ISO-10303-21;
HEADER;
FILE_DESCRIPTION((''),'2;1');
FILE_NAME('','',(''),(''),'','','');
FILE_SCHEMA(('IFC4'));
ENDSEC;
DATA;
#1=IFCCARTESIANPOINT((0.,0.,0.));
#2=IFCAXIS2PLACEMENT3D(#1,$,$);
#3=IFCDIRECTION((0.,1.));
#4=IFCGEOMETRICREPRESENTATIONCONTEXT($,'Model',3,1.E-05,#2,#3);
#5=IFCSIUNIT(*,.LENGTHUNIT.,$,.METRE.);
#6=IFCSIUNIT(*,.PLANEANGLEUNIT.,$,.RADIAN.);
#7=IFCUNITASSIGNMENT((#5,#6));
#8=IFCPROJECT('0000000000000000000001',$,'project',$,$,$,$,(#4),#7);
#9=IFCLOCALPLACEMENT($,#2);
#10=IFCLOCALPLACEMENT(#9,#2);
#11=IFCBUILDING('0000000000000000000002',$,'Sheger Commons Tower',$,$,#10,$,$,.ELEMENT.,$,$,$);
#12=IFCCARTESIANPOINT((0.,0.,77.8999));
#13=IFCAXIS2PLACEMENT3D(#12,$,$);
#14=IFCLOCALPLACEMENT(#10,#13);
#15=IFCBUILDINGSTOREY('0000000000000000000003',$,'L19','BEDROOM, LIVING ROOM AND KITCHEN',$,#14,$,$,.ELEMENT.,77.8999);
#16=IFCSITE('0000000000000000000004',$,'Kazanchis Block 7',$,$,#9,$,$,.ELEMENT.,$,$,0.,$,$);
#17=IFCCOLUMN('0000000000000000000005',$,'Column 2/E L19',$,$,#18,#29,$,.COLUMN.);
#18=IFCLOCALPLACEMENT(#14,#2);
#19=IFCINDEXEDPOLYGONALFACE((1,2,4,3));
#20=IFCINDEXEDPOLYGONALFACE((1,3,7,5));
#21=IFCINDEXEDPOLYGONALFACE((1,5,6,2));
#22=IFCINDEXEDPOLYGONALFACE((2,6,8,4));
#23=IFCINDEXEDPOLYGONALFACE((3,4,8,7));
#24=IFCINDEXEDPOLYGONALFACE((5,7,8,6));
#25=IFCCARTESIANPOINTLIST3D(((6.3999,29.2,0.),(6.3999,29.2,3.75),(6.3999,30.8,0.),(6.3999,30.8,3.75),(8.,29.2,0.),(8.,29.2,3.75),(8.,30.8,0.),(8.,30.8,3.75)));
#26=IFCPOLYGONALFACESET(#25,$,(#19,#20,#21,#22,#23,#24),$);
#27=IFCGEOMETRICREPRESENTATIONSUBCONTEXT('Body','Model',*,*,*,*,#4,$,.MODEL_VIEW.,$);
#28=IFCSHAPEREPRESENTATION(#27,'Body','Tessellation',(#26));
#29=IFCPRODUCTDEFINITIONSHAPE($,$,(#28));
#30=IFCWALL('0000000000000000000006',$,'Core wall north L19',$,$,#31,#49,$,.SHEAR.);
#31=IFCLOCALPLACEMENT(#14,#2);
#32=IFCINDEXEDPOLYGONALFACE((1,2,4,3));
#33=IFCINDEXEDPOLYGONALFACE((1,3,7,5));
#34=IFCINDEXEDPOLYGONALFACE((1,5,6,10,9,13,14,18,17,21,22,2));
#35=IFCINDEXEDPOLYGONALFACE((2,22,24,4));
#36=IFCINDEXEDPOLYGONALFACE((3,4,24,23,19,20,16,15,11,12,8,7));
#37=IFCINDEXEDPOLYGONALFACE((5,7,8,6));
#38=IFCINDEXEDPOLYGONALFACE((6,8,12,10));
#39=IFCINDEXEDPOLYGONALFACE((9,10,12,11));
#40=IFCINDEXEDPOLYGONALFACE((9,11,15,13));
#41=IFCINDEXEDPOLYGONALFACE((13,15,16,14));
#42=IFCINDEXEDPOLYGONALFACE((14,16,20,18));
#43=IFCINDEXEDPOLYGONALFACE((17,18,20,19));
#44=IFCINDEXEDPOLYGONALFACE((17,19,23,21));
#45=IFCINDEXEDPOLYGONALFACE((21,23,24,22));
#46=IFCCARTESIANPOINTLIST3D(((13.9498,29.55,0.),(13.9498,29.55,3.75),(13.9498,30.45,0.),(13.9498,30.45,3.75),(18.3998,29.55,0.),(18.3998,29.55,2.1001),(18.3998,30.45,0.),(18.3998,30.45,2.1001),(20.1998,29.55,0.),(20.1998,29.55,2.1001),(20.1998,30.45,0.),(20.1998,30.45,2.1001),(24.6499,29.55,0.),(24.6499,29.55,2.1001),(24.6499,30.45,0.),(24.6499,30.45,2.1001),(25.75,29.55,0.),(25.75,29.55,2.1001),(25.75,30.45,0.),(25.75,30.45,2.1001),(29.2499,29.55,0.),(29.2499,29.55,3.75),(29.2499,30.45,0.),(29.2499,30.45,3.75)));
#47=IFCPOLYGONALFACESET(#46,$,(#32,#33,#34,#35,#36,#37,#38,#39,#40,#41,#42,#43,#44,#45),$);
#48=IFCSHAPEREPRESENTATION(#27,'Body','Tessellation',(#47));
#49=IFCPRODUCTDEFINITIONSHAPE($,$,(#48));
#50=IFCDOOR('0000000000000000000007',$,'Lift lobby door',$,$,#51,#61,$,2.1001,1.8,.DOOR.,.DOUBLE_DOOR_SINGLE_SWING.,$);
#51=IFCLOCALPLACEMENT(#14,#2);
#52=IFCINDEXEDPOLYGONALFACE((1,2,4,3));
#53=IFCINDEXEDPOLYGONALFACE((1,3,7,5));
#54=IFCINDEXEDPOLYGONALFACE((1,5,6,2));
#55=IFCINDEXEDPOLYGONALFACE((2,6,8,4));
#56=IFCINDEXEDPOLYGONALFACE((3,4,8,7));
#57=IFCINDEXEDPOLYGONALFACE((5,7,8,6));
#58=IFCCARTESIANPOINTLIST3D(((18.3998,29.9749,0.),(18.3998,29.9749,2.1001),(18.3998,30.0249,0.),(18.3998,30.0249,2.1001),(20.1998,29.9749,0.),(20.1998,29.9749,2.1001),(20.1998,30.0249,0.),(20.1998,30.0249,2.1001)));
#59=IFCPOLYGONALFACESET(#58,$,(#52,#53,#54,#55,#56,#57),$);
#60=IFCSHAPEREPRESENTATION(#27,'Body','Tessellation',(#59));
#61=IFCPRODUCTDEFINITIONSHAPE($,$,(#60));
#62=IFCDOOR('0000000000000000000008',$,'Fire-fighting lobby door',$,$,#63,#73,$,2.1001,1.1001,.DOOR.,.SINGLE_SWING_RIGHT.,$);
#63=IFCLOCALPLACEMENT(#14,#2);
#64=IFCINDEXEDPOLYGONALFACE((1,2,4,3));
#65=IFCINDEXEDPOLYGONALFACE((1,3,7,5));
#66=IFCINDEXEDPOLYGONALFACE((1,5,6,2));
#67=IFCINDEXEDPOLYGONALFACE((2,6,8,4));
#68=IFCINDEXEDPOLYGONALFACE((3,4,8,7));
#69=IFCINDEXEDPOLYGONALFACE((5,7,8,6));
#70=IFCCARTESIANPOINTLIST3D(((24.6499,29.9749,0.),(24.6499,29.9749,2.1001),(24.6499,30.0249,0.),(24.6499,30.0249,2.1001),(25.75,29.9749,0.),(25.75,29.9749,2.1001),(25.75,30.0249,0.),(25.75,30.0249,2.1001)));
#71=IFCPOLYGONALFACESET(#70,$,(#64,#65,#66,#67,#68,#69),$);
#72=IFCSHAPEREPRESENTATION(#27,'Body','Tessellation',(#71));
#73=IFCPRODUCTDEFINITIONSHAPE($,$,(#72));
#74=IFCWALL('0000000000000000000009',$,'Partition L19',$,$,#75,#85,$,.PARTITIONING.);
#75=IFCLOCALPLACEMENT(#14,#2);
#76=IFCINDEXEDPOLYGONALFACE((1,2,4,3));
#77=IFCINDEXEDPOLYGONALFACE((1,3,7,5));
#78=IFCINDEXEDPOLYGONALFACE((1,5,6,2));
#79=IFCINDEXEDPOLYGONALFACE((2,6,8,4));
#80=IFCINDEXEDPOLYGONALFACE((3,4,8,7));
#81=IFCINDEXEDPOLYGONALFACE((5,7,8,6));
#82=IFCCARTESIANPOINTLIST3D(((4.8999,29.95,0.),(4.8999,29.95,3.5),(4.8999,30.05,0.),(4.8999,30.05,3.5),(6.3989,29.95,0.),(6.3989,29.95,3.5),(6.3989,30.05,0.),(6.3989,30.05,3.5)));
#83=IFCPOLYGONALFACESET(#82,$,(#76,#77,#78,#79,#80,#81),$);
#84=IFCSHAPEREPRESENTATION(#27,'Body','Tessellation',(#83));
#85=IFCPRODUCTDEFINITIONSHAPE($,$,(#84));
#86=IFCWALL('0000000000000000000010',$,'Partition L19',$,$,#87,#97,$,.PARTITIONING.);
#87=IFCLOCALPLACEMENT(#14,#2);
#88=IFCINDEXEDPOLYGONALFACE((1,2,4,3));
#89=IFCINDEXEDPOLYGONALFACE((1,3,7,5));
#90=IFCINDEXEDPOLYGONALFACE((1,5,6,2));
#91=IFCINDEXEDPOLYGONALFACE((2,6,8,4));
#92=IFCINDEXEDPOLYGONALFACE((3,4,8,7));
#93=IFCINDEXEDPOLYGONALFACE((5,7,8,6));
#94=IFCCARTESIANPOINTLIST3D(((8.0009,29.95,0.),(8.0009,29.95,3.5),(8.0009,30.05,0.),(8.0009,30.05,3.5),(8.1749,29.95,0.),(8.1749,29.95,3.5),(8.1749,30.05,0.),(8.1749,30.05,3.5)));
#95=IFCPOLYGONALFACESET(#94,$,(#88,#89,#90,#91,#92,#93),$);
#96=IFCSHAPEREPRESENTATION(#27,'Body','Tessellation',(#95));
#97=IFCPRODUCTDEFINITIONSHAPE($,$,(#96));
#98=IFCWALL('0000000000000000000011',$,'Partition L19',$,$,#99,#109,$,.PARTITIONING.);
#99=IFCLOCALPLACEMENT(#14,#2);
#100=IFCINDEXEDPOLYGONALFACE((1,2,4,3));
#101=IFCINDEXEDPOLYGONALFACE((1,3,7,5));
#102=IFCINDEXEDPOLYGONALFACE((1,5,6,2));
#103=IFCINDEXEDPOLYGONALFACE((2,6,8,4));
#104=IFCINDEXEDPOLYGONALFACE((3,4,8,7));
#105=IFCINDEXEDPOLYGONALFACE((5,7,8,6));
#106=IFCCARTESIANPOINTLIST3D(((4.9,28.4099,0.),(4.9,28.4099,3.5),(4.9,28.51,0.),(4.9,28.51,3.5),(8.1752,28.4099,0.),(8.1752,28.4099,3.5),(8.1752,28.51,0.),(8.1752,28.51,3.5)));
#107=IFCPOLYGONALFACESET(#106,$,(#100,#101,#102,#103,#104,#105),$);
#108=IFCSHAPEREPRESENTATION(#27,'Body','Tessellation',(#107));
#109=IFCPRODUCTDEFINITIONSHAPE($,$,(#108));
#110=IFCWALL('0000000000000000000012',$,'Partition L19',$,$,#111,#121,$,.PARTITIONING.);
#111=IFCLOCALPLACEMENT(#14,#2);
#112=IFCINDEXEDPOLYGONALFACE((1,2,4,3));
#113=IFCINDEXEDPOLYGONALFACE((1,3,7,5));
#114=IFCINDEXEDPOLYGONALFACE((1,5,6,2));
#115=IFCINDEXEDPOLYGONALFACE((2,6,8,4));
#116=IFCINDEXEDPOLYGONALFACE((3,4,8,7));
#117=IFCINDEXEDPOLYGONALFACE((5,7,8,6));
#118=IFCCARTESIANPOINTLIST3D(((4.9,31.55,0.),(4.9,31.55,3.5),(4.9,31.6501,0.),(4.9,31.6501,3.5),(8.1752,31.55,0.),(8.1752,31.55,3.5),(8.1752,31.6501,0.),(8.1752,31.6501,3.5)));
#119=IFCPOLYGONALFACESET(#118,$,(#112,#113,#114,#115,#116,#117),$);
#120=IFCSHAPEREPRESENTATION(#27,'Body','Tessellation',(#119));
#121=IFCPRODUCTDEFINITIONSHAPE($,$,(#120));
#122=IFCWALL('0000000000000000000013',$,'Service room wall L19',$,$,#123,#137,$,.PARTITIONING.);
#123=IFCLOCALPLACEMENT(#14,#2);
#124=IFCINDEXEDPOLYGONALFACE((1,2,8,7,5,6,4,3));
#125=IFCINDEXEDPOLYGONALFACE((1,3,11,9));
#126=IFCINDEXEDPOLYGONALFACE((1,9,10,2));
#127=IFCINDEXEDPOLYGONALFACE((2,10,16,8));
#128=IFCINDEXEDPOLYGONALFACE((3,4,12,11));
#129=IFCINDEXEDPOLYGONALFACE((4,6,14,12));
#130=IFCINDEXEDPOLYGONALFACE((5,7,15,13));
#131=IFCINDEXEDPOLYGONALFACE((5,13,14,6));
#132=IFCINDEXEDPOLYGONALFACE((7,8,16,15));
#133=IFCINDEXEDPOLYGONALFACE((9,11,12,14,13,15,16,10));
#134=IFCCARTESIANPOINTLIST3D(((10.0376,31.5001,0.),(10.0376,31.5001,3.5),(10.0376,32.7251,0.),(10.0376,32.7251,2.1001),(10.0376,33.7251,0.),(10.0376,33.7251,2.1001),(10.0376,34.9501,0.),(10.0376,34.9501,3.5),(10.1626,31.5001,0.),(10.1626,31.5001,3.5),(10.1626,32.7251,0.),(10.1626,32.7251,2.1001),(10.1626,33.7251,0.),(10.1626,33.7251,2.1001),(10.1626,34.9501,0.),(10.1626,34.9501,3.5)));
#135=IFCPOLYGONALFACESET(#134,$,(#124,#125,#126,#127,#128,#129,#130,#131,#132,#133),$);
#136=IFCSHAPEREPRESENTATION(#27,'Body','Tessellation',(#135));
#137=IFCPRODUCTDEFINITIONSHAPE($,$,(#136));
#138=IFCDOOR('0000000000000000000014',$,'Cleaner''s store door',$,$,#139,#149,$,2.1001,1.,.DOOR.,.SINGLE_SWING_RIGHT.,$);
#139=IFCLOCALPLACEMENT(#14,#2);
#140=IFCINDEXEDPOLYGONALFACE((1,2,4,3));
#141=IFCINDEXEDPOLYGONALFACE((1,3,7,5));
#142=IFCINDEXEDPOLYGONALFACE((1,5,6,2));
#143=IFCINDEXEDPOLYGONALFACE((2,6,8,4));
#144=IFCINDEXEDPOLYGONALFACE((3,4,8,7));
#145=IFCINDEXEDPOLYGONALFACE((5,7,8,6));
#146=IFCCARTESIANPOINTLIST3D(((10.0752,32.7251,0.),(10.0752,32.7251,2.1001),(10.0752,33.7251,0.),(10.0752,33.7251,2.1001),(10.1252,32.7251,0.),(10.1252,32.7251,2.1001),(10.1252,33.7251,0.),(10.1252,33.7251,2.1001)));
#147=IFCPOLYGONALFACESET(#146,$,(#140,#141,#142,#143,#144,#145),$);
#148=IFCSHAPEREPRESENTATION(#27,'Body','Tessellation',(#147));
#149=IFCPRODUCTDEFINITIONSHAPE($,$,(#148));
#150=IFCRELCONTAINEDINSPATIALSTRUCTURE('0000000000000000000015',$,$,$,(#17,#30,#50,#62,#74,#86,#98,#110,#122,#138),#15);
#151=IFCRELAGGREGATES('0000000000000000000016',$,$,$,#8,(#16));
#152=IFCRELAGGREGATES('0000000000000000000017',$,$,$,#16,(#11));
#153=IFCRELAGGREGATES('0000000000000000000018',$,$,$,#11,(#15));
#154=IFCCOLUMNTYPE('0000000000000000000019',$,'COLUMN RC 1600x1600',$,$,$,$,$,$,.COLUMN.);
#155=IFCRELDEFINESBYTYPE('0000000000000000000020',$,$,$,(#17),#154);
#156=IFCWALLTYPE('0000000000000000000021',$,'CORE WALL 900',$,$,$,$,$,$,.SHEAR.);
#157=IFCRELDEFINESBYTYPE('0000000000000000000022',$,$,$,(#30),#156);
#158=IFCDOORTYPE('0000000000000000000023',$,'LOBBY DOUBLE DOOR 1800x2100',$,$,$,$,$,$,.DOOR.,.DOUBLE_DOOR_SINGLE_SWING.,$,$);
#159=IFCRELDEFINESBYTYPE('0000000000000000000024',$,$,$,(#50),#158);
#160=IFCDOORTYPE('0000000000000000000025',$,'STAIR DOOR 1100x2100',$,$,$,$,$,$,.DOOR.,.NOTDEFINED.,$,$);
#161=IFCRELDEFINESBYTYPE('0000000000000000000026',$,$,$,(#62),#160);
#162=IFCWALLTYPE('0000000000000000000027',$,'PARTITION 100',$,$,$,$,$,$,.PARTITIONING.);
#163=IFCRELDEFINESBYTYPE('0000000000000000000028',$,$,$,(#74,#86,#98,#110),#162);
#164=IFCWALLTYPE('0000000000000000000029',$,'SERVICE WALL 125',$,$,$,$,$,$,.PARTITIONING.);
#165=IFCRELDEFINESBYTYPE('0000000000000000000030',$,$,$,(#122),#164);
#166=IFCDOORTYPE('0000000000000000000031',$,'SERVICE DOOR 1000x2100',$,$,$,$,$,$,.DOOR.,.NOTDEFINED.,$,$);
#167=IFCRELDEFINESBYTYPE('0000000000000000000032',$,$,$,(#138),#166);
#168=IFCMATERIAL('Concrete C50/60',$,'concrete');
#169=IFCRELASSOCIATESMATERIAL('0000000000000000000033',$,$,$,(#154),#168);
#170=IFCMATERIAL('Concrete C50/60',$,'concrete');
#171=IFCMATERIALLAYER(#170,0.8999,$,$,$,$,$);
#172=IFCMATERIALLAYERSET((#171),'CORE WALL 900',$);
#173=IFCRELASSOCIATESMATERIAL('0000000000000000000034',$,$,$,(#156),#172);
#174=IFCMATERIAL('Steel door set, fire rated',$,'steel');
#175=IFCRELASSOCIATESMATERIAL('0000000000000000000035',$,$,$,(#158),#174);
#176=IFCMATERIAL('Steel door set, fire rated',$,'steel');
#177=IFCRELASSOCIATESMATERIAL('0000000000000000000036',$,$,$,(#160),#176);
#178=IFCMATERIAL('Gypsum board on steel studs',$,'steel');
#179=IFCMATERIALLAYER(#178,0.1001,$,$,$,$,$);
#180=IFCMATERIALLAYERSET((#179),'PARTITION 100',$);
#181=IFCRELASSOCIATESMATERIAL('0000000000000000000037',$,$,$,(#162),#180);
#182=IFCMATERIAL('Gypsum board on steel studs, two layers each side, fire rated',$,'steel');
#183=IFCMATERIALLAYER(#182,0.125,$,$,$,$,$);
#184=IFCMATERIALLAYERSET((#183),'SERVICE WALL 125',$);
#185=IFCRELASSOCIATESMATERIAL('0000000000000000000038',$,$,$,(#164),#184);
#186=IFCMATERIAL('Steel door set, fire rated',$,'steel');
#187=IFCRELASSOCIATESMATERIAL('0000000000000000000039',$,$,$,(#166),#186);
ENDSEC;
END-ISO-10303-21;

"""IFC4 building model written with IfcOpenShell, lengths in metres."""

from ifc_helpers import new_model, si_unit, direction, frame, frame_2d, origin, origin_2d, place, context, subcontext, project, spatial, rectangle, extrude, material, layer, layer_set, material_profile, profile_set, type_object, element, fill, save


model = new_model("IFC4")

# Units and contexts
model_context = context("Model", 3, precision=1e-05, world=origin(), true_north=direction((0.0, 1.0)))
body_context = subcontext(model_context, "Body", "Model", "MODEL_VIEW")
ifc_project = project(units=[si_unit("LENGTHUNIT", "METRE"), si_unit("PLANEANGLEUNIT", "RADIAN")], contexts=[model_context])

# Site, building, storey
site_placement = place(None, origin())
site = spatial("IfcSite", under=ifc_project, at=site_placement, Name="Kazanchis Block 7", CompositionType="ELEMENT", RefElevation=0.0)
building_placement = place(site_placement, origin())
building = spatial("IfcBuilding", under=site, at=building_placement, Name="Sheger Commons Tower", CompositionType="ELEMENT")
storey_placement = place(building_placement, frame((0.0, 0.0, 77.8999)))
storey = spatial("IfcBuildingStorey", under=building, at=storey_placement, Name="L19", Description="BEDROOM, LIVING ROOM AND KITCHEN", CompositionType="ELEMENT", Elevation=77.8999)

# Column
ifc_material_1 = material(Name="Concrete C50/60", Category="concrete")
ifc_material_profile = material_profile(ifc_material_1, rectangle(XDim=1.6001, YDim=1.6001, at=origin_2d()), Name="RC 1600x1600")
ifc_profile_set = profile_set([ifc_material_profile], Name="Concrete C50/60")
column_type = type_object("IfcColumnType", Name="COLUMN RC 1600x1600", PredefinedType="COLUMN", material=ifc_profile_set)
column_placement = place(storey_placement, frame((7.2, 30.0, 0.0), z_axis=(0.0, 0.0, 1.0), x_axis=(1.0, 0.0, 0.0)))
element("IfcColumn", 1, at=column_placement, inside=storey, type_object=column_type, Name="Column 2/E L19", PredefinedType="COLUMN", context=body_context, shape_type="SweptSolid", body=[
    extrude(rectangle(XDim=1.6001, YDim=1.6001, at=origin_2d()), origin(), (0.0, 0.0, 1.0), 3.75),
])

# Wall, openings, doors
ifc_material_2 = material(Name="Concrete C50/60", Category="concrete")
ifc_layer_1 = layer(ifc_material_2, 0.8999)
ifc_layer_set_1 = layer_set([ifc_layer_1], Name="CORE WALL 900")
wall_type_1 = type_object("IfcWallType", Name="CORE WALL 900", PredefinedType="SHEAR", material=ifc_layer_set_1)
wall_1_placement = place(storey_placement, frame((13.95, 30.0, 0.0), z_axis=(0.0, 0.0, 1.0), x_axis=(1.0, 0.0, 0.0)))
wall_1 = element("IfcWall", 2, at=wall_1_placement, inside=storey, type_object=wall_type_1, Name="Core wall north L19", PredefinedType="SHEAR", context=body_context, shape_type="SweptSolid", body=[
    extrude(rectangle(XDim=15.3, YDim=0.8999, at=frame_2d((7.6499, 0.0))), origin(), (0.0, 0.0, 1.0), 3.75),
])
opening_1_placement = place(wall_1_placement, frame((4.45, 0.0, 0.0)))
opening_1 = element("IfcOpeningElement", 3, at=opening_1_placement, cuts=wall_1, PredefinedType="OPENING", context=body_context, shape_type="SweptSolid", body=[
    extrude(rectangle(XDim=1.8, YDim=2.1001, at=frame_2d((0.8999, 1.05))), frame((0.0, 0.46, 0.0), z_axis=(0.0, -1.0, 0.0), x_axis=(1.0, 0.0, 0.0)), (0.0, 0.0, 1.0), 0.9199),
])
opening_2_placement = place(wall_1_placement, frame((10.7, 0.0, 0.0)))
opening_2 = element("IfcOpeningElement", 4, at=opening_2_placement, cuts=wall_1, PredefinedType="OPENING", context=body_context, shape_type="SweptSolid", body=[
    extrude(rectangle(XDim=1.1001, YDim=2.1001, at=frame_2d((0.55, 1.05))), frame((0.0, 0.46, 0.0), z_axis=(0.0, -1.0, 0.0), x_axis=(1.0, 0.0, 0.0)), (0.0, 0.0, 1.0), 0.9199),
])
ifc_material_3 = material(Name="Steel door set, fire rated", Category="steel")
door_type_1 = type_object("IfcDoorType", Name="LOBBY DOUBLE DOOR 1800x2100", OperationType="DOUBLE_DOOR_SINGLE_SWING", PredefinedType="DOOR", material=ifc_material_3)
door_1_placement = place(opening_1_placement, origin())
door_1 = element("IfcDoor", 5, at=door_1_placement, inside=storey, type_object=door_type_1, Name="Lift lobby door", OperationType="DOUBLE_DOOR_SINGLE_SWING", OverallHeight=2.1001, OverallWidth=1.8, PredefinedType="DOOR", context=body_context, shape_type="SweptSolid", body=[
    extrude(rectangle(XDim=1.8, YDim=2.1001, at=frame_2d((0.8999, 1.05))), frame((0.0, 0.0249, 0.0), z_axis=(0.0, -1.0, 0.0), x_axis=(1.0, 0.0, 0.0)), (0.0, 0.0, 1.0), 0.05),
])
fill(opening_1, door_1)
ifc_material_4 = material(Name="Steel door set, fire rated", Category="steel")
door_type_2 = type_object("IfcDoorType", Name="STAIR DOOR 1100x2100", OperationType="NOTDEFINED", PredefinedType="DOOR", material=ifc_material_4)
door_2_placement = place(opening_2_placement, origin())
door_2 = element("IfcDoor", 6, at=door_2_placement, inside=storey, type_object=door_type_2, Name="Fire-fighting lobby door", OperationType="SINGLE_SWING_RIGHT", OverallHeight=2.1001, OverallWidth=1.1001, PredefinedType="DOOR", context=body_context, shape_type="SweptSolid", body=[
    extrude(rectangle(XDim=1.1001, YDim=2.1001, at=frame_2d((0.55, 1.05))), frame((0.0, 0.0249, 0.0), z_axis=(0.0, -1.0, 0.0), x_axis=(1.0, 0.0, 0.0)), (0.0, 0.0, 1.0), 0.05),
])
fill(opening_2, door_2)

# Walls
ifc_material_5 = material(Name="Gypsum board on steel studs", Category="steel")
ifc_layer_2 = layer(ifc_material_5, 0.1001)
ifc_layer_set_2 = layer_set([ifc_layer_2], Name="PARTITION 100")
wall_type_2 = type_object("IfcWallType", Name="PARTITION 100", PredefinedType="PARTITIONING", material=ifc_layer_set_2)
wall_2_placement = place(storey_placement, frame((4.8999, 30.0, 0.0), z_axis=(0.0, 0.0, 1.0), x_axis=(1.0, 0.0, 0.0)))
element("IfcWall", 7, at=wall_2_placement, inside=storey, type_object=wall_type_2, Name="Partition L19", PredefinedType="PARTITIONING", context=body_context, shape_type="SweptSolid", body=[
    extrude(rectangle(XDim=1.499, YDim=0.1001, at=frame_2d((0.7495, 0.0))), origin(), (0.0, 0.0, 1.0), 3.5),
])
wall_3_placement = place(storey_placement, frame((8.001, 30.0, 0.0), z_axis=(0.0, 0.0, 1.0), x_axis=(1.0, 0.0, 0.0)))
element("IfcWall", 8, at=wall_3_placement, inside=storey, type_object=wall_type_2, Name="Partition L19", PredefinedType="PARTITIONING", context=body_context, shape_type="SweptSolid", body=[
    extrude(rectangle(XDim=0.1741, YDim=0.1001, at=frame_2d((0.0869, 0.0))), origin(), (0.0, 0.0, 1.0), 3.5),
])
for number, where, z_axis, x_axis, name in (
    (9, (4.8999, 28.46, 0.0), (0.0, 0.0, 1.0), (1.0, 0.0, 0.0), "Partition L19"),
    (10, (4.8999, 31.6001, 0.0), (0.0, 0.0, 1.0), (1.0, 0.0, 0.0), "Partition L19"),
):
    element("IfcWall", number, at=place(storey_placement, frame(where, z_axis=z_axis, x_axis=x_axis)), inside=storey, type_object=wall_type_2, Name=name, PredefinedType="PARTITIONING", context=body_context, shape_type="SweptSolid", body=[
        extrude(rectangle(XDim=3.2751, YDim=0.1001, at=frame_2d((1.6377, 0.0))), origin(), (0.0, 0.0, 1.0), 3.5),
    ])

# Wall, opening, door
ifc_material_6 = material(Name="Gypsum board on steel studs, two layers each side, fire rated", Category="steel")
ifc_layer_3 = layer(ifc_material_6, 0.125)
ifc_layer_set_3 = layer_set([ifc_layer_3], Name="SERVICE WALL 125")
wall_type_3 = type_object("IfcWallType", Name="SERVICE WALL 125", PredefinedType="PARTITIONING", material=ifc_layer_set_3)
wall_4_placement = place(storey_placement, frame((10.1001, 31.5, 0.0), z_axis=(0.0, 0.0, 1.0), x_axis=(0.0, 1.0, 0.0)))
wall_4 = element("IfcWall", 11, at=wall_4_placement, inside=storey, type_object=wall_type_3, Name="Service room wall L19", PredefinedType="PARTITIONING", context=body_context, shape_type="SweptSolid", body=[
    extrude(rectangle(XDim=3.45, YDim=0.125, at=frame_2d((1.7251, 0.0))), origin(), (0.0, 0.0, 1.0), 3.5),
])
opening_3_placement = place(wall_4_placement, frame((1.2251, 0.0, 0.0)))
opening_3 = element("IfcOpeningElement", 12, at=opening_3_placement, cuts=wall_4, PredefinedType="OPENING", context=body_context, shape_type="SweptSolid", body=[
    extrude(rectangle(XDim=1.0, YDim=2.1001, at=frame_2d((0.5, 1.05))), frame((0.0, 0.0725, 0.0), z_axis=(0.0, -1.0, 0.0), x_axis=(1.0, 0.0, 0.0)), (0.0, 0.0, 1.0), 0.145),
])
ifc_material_7 = material(Name="Steel door set, fire rated", Category="steel")
door_type_3 = type_object("IfcDoorType", Name="SERVICE DOOR 1000x2100", OperationType="NOTDEFINED", PredefinedType="DOOR", material=ifc_material_7)
door_3_placement = place(opening_3_placement, origin())
door_3 = element("IfcDoor", 13, at=door_3_placement, inside=storey, type_object=door_type_3, Name="Cleaner's store door", OperationType="SINGLE_SWING_RIGHT", OverallHeight=2.1001, OverallWidth=1.0, PredefinedType="DOOR", context=body_context, shape_type="SweptSolid", body=[
    extrude(rectangle(XDim=1.0, YDim=2.1001, at=frame_2d((0.5, 1.05))), frame((0.0, 0.0249, 0.0), z_axis=(0.0, -1.0, 0.0), x_axis=(1.0, 0.0, 0.0)), (0.0, 0.0, 1.0), 0.05),
])
fill(opening_3, door_3)

save(model, "model.ifc")
